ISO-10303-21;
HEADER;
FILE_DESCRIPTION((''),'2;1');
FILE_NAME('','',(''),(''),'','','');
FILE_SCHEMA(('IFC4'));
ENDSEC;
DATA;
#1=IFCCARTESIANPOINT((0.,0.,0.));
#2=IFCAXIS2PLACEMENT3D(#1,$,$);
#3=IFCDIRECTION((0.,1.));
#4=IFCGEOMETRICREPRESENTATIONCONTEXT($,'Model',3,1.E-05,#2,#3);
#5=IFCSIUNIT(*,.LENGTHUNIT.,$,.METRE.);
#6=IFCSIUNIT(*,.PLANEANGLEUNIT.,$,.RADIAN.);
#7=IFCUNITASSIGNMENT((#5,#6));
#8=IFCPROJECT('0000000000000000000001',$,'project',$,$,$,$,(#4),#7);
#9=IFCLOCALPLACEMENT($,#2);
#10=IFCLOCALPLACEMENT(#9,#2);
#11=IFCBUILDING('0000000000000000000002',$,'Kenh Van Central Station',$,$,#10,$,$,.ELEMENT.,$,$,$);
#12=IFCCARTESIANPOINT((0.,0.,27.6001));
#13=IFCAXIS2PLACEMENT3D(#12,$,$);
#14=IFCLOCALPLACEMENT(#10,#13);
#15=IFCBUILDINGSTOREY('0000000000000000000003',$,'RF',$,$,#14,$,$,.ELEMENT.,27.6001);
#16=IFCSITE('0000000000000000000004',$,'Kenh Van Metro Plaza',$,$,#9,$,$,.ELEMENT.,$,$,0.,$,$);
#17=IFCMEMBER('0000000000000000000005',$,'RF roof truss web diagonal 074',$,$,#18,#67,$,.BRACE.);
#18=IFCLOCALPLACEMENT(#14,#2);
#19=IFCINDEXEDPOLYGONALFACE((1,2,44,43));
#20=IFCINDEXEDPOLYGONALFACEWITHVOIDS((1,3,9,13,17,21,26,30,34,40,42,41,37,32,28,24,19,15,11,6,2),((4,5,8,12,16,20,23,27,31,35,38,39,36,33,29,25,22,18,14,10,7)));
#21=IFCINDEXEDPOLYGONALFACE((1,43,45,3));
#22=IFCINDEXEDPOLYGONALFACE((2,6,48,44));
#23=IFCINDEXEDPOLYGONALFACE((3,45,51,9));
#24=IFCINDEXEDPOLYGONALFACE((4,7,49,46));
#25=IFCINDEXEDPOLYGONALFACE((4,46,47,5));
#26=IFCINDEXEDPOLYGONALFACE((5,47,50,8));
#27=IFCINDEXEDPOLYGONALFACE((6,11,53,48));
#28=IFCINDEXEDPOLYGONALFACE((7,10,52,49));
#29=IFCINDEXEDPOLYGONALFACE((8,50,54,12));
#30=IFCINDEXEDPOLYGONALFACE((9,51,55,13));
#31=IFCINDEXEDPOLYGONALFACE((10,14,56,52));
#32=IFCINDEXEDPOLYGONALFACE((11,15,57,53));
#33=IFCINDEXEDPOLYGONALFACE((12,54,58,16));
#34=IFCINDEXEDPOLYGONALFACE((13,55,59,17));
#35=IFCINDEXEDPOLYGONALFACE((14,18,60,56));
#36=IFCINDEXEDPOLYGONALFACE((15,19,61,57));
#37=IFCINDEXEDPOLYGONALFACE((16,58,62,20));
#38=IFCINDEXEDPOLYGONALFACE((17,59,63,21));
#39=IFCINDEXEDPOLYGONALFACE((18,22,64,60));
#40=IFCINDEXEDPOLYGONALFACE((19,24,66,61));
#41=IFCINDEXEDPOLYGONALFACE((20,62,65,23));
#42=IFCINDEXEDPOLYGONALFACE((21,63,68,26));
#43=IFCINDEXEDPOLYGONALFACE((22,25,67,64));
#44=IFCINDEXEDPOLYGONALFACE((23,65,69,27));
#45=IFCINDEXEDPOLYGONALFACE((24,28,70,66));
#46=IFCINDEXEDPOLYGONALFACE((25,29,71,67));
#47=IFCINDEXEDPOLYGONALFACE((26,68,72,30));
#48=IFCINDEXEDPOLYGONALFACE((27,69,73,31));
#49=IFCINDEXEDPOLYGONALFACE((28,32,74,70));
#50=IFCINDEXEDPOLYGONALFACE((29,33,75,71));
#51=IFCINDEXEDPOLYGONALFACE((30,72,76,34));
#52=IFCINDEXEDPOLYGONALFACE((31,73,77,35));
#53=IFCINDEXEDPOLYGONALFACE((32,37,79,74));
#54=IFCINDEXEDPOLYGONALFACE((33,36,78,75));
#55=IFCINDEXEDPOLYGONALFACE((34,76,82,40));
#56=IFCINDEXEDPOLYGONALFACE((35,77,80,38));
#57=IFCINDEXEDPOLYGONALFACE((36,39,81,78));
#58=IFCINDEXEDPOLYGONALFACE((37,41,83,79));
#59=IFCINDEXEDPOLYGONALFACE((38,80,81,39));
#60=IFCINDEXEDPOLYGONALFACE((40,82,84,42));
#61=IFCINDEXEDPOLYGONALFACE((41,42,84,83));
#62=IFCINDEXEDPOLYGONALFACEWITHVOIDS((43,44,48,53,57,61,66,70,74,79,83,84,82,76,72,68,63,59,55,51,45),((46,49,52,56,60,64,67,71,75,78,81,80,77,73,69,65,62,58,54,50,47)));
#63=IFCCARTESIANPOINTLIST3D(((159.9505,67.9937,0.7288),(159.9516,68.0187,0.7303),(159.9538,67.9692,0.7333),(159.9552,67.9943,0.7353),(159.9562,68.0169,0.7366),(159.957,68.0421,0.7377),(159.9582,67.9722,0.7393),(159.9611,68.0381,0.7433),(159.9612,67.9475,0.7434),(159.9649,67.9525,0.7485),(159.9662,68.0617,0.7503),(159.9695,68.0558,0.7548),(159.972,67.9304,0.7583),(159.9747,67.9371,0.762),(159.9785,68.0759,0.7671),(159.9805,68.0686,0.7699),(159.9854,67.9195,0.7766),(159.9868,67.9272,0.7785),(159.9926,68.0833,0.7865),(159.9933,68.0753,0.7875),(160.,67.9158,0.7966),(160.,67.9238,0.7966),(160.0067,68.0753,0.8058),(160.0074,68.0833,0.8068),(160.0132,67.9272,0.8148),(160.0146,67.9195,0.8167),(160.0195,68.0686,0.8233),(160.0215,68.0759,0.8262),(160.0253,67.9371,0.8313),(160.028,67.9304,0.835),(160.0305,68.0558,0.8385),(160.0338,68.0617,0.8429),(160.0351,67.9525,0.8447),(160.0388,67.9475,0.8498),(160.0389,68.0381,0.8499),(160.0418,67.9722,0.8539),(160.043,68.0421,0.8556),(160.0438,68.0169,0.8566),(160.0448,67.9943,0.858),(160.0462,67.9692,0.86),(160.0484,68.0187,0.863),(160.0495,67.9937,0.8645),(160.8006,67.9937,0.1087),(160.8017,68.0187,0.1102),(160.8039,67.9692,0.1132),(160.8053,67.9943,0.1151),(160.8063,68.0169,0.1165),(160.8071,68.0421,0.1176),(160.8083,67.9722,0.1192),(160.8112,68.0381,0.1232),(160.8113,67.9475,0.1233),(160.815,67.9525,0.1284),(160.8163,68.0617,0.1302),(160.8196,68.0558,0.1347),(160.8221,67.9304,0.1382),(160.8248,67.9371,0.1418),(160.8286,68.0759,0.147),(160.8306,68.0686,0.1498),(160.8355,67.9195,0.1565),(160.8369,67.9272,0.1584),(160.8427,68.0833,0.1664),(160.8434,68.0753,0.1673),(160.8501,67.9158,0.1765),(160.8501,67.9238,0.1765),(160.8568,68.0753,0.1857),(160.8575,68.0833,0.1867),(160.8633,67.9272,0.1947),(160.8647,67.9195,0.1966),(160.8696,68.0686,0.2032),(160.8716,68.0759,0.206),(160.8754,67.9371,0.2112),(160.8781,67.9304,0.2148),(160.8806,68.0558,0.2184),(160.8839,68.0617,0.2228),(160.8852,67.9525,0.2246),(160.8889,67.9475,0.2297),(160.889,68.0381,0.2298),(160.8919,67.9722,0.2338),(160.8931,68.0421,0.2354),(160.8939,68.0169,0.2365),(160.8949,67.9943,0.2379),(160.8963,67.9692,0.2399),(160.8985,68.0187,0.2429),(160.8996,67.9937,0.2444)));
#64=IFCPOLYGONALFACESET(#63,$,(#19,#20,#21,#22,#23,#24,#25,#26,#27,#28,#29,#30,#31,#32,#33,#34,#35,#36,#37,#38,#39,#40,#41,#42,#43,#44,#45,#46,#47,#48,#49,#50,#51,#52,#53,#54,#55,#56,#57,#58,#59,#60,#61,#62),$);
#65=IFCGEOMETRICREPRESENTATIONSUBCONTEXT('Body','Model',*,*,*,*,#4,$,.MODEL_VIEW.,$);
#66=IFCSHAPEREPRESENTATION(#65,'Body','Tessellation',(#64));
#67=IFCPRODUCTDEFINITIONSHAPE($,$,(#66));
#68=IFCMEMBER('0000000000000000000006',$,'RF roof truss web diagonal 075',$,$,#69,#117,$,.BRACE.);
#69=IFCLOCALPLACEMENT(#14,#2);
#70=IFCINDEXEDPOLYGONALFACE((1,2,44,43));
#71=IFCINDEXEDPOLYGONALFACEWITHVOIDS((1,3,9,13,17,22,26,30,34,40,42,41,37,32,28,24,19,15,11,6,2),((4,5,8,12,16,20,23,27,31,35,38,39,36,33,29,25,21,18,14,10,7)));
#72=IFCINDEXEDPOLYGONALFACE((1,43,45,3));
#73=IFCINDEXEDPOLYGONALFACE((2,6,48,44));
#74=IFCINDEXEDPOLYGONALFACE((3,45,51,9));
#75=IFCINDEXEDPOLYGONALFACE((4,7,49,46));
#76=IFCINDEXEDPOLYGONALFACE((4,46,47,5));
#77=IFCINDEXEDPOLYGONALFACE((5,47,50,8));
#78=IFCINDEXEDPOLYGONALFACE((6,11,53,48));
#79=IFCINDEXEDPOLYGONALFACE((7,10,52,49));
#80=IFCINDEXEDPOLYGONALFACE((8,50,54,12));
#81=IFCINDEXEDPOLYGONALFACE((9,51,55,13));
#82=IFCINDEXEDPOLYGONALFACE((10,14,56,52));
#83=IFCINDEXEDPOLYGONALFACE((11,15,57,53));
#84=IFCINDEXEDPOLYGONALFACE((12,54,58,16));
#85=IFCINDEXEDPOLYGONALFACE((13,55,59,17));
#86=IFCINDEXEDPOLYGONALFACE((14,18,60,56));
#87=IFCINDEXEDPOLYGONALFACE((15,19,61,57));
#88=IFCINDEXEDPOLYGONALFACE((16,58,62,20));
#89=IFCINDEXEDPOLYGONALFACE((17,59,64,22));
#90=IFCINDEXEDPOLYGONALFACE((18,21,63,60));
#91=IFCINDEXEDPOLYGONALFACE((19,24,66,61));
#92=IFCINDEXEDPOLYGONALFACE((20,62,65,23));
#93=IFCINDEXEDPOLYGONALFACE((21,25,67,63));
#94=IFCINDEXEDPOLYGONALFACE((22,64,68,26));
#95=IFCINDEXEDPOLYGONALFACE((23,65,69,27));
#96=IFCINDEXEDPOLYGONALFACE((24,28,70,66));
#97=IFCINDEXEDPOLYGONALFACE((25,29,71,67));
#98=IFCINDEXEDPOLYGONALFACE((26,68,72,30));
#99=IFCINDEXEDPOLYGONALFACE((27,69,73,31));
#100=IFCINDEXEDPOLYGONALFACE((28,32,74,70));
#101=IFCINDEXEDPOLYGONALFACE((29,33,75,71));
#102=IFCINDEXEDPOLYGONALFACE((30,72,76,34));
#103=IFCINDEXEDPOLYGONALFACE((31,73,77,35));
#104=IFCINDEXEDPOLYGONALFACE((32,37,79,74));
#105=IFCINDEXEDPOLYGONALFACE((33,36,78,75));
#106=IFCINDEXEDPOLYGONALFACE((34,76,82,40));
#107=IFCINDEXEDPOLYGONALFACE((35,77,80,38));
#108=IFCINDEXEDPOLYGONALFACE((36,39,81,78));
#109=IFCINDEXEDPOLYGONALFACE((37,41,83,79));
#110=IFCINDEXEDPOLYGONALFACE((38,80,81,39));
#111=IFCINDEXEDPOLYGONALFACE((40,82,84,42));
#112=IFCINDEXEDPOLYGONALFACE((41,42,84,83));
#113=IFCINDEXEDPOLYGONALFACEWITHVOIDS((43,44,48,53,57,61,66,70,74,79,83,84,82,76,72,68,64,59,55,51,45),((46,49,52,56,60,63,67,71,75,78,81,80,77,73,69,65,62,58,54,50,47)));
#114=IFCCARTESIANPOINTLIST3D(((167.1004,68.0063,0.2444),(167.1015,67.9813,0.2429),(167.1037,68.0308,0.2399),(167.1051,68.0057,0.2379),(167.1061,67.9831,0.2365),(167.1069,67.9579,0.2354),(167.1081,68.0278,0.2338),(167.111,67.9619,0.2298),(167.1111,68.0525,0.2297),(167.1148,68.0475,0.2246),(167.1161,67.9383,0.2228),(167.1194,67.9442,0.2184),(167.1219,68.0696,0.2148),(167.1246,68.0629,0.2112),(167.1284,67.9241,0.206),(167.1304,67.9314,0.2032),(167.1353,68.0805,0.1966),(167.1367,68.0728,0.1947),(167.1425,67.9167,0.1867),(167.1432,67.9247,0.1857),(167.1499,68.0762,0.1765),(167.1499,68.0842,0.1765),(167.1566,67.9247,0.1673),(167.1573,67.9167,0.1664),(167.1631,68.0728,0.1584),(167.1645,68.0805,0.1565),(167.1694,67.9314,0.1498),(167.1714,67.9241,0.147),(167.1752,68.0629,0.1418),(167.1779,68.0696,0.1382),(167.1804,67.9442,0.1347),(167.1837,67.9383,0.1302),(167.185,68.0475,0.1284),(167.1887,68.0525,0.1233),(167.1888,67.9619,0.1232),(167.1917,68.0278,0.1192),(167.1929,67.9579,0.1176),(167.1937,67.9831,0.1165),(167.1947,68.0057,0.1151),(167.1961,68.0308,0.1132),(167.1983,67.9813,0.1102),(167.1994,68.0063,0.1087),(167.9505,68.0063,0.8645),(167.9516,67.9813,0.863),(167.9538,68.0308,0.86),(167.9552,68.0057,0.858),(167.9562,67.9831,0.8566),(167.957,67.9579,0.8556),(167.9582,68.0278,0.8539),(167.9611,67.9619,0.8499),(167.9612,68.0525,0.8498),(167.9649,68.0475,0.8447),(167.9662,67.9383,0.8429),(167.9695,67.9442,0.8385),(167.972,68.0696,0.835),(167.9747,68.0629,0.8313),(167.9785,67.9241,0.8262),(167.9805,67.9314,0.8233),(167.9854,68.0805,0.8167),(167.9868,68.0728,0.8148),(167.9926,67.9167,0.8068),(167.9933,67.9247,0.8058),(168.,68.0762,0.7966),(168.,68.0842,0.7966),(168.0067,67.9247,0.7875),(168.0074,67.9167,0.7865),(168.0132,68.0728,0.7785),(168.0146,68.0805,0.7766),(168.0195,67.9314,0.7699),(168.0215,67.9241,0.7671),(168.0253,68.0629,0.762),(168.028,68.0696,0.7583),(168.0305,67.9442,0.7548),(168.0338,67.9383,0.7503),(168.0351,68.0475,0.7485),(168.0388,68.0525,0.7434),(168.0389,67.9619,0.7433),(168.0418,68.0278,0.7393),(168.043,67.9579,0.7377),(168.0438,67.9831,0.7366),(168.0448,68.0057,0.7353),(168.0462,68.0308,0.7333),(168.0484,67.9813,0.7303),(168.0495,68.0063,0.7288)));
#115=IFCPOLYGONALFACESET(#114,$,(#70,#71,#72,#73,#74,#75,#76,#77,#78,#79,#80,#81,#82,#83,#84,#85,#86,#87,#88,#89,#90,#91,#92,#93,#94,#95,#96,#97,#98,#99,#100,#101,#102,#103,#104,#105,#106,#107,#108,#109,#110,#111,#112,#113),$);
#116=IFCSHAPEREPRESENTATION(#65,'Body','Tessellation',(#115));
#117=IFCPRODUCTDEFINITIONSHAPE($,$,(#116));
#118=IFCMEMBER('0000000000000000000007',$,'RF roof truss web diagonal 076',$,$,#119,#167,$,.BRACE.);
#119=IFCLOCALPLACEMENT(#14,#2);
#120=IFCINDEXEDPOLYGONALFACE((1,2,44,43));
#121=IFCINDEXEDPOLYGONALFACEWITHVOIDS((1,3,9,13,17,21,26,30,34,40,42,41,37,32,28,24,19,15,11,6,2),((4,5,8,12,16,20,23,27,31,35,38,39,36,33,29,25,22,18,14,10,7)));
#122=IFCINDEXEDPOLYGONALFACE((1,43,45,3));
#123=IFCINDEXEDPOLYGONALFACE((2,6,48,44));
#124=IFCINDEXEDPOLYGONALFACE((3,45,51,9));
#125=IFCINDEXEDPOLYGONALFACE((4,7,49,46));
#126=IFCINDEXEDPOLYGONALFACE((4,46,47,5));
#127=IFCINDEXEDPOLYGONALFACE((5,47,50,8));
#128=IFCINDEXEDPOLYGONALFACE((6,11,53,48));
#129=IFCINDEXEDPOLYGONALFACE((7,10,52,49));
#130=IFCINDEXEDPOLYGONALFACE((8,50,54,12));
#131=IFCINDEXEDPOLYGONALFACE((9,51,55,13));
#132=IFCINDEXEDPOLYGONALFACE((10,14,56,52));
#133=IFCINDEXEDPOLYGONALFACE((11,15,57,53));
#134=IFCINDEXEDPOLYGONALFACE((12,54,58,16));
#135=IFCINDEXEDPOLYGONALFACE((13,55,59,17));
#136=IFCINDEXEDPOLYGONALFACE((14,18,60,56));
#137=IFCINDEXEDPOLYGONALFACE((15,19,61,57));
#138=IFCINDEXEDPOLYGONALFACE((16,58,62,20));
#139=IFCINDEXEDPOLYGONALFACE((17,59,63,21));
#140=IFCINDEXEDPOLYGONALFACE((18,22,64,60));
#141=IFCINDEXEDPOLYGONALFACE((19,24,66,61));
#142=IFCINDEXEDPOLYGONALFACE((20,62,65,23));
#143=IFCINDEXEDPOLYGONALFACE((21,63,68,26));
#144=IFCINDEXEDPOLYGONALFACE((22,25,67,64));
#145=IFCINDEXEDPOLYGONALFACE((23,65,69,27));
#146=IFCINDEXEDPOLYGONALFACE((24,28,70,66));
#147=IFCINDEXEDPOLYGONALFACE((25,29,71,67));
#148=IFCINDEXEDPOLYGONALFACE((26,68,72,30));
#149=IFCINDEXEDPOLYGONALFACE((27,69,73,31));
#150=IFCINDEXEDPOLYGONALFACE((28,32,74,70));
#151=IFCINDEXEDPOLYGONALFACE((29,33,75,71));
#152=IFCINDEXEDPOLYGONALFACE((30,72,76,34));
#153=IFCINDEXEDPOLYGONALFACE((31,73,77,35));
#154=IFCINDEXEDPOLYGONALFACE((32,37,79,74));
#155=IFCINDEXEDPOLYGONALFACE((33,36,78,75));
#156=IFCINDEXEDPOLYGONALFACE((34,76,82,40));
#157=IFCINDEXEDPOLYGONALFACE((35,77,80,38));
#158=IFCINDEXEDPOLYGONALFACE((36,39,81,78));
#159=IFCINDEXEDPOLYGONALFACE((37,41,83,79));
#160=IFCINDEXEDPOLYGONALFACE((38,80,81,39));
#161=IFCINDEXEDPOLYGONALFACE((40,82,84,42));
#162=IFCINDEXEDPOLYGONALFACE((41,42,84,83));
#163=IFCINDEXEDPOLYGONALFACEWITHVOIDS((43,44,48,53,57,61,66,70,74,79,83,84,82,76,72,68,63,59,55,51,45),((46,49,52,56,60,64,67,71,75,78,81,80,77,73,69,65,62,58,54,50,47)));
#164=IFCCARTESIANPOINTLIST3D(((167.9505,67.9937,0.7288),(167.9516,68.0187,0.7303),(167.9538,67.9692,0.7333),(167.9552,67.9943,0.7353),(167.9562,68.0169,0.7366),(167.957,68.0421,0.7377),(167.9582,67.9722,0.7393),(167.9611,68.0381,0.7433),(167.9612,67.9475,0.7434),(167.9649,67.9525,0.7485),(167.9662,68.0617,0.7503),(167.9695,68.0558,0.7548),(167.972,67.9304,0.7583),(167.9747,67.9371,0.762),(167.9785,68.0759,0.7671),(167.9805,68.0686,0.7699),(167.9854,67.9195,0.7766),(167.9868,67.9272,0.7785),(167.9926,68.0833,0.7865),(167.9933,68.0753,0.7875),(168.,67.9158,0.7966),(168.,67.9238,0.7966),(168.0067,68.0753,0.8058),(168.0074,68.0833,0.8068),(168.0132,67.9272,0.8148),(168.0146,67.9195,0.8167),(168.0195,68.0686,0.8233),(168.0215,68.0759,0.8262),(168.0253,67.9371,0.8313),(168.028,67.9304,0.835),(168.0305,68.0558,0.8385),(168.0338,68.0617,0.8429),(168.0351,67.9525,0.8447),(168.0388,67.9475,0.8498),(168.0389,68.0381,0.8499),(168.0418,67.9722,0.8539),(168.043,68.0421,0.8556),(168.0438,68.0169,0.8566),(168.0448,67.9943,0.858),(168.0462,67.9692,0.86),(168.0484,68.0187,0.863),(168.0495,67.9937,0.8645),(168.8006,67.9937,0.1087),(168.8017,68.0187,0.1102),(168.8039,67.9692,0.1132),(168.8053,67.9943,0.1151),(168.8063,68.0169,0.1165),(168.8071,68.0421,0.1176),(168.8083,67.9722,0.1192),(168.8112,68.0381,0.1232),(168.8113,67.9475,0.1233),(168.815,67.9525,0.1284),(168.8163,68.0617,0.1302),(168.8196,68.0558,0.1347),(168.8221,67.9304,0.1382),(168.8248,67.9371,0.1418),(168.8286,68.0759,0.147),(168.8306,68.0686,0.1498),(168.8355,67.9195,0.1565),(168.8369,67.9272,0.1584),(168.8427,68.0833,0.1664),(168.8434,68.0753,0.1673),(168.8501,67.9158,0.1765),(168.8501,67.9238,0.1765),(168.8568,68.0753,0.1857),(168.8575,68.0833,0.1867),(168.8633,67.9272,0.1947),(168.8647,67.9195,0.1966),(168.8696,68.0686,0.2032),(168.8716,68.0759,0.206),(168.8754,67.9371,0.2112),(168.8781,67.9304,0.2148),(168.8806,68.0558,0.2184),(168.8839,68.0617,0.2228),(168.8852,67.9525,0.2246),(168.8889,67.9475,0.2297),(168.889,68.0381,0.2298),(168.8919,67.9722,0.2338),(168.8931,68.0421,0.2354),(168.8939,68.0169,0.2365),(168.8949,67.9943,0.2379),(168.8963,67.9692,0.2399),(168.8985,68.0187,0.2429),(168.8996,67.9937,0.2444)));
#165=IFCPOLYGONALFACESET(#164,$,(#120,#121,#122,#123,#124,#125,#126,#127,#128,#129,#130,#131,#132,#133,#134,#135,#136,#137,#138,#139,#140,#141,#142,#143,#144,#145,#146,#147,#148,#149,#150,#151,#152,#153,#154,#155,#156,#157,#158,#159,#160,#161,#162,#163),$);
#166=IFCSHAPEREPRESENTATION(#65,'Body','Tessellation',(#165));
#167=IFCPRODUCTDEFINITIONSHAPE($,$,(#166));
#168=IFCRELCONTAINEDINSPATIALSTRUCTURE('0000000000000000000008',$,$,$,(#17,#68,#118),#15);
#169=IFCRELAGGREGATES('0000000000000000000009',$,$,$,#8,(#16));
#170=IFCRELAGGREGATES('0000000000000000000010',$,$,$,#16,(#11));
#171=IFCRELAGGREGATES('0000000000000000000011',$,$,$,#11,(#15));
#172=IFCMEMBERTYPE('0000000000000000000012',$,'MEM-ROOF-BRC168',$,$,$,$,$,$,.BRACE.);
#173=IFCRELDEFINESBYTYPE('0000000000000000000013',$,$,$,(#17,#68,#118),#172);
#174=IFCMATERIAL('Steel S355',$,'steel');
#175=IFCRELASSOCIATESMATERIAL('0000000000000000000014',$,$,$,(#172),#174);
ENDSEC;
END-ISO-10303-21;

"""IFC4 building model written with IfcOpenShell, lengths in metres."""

from ifc_helpers import new_model, si_unit, direction, frame, origin, origin_2d, place, context, subcontext, project, spatial, hollow_circle, extrude, material, material_profile, profile_set, type_object, element, save


model = new_model("IFC4")

# Units and contexts
model_context = context("Model", 3, precision=1e-05, world=origin(), true_north=direction((0.0, 1.0)))
body_context = subcontext(model_context, "Body", "Model", "MODEL_VIEW")
ifc_project = project(units=[si_unit("LENGTHUNIT", "METRE"), si_unit("PLANEANGLEUNIT", "RADIAN")], contexts=[model_context])

# Site, building, storey
site_placement = place(None, origin())
site = spatial("IfcSite", under=ifc_project, at=site_placement, Name="Kenh Van Metro Plaza", CompositionType="ELEMENT", RefElevation=0.0)
building_placement = place(site_placement, origin())
building = spatial("IfcBuilding", under=site, at=building_placement, Name="Kenh Van Central Station", CompositionType="ELEMENT")
storey_placement = place(building_placement, frame((0.0, 0.0, 27.6001)))
storey = spatial("IfcBuildingStorey", under=building, at=storey_placement, Name="RF", CompositionType="ELEMENT", Elevation=27.6001)

# Shared definitions
ifc_material_1 = material(Name="Steel S355", Category="steel")

# Members
ifc_material_profile_1 = material_profile(ifc_material_1, hollow_circle(Radius=0.0842, WallThickness=0.0081, at=origin_2d()), Name="CHS 168.3x8")
ifc_profile_set_1 = profile_set([ifc_material_profile_1], Name="Steel S355")
member_type_1 = type_object("IfcMemberType", Name="MEM-ROOF-BRC168", PredefinedType="BRACE", material=ifc_profile_set_1)
for number, where, z_axis, x_axis, name in (
    (1, (160.8501, 68.0, 0.1765), (-0.807892, 0.0, 0.58933), (0.0, -1.0, 0.0), "RF roof truss web diagonal 074"),
    (2, (167.1499, 68.0, 0.1765), (0.807892, 0.0, 0.58933), (0.0, 1.0, 0.0), "RF roof truss web diagonal 075"),
    (3, (168.8501, 68.0, 0.1765), (-0.807892, 0.0, 0.58933), (0.0, -1.0, 0.0), "RF roof truss web diagonal 076"),
):
    element("IfcMember", number, at=place(storey_placement, frame(where, z_axis=z_axis, x_axis=x_axis)), inside=storey, type_object=member_type_1, Name=name, PredefinedType="BRACE", context=body_context, shape_type="SweptSolid", body=[
        extrude(hollow_circle(Radius=0.0842, WallThickness=0.0081, at=origin_2d()), origin(), (0.0, 0.0, 1.0), 1.0522),
    ])

save(model, "model.ifc")
